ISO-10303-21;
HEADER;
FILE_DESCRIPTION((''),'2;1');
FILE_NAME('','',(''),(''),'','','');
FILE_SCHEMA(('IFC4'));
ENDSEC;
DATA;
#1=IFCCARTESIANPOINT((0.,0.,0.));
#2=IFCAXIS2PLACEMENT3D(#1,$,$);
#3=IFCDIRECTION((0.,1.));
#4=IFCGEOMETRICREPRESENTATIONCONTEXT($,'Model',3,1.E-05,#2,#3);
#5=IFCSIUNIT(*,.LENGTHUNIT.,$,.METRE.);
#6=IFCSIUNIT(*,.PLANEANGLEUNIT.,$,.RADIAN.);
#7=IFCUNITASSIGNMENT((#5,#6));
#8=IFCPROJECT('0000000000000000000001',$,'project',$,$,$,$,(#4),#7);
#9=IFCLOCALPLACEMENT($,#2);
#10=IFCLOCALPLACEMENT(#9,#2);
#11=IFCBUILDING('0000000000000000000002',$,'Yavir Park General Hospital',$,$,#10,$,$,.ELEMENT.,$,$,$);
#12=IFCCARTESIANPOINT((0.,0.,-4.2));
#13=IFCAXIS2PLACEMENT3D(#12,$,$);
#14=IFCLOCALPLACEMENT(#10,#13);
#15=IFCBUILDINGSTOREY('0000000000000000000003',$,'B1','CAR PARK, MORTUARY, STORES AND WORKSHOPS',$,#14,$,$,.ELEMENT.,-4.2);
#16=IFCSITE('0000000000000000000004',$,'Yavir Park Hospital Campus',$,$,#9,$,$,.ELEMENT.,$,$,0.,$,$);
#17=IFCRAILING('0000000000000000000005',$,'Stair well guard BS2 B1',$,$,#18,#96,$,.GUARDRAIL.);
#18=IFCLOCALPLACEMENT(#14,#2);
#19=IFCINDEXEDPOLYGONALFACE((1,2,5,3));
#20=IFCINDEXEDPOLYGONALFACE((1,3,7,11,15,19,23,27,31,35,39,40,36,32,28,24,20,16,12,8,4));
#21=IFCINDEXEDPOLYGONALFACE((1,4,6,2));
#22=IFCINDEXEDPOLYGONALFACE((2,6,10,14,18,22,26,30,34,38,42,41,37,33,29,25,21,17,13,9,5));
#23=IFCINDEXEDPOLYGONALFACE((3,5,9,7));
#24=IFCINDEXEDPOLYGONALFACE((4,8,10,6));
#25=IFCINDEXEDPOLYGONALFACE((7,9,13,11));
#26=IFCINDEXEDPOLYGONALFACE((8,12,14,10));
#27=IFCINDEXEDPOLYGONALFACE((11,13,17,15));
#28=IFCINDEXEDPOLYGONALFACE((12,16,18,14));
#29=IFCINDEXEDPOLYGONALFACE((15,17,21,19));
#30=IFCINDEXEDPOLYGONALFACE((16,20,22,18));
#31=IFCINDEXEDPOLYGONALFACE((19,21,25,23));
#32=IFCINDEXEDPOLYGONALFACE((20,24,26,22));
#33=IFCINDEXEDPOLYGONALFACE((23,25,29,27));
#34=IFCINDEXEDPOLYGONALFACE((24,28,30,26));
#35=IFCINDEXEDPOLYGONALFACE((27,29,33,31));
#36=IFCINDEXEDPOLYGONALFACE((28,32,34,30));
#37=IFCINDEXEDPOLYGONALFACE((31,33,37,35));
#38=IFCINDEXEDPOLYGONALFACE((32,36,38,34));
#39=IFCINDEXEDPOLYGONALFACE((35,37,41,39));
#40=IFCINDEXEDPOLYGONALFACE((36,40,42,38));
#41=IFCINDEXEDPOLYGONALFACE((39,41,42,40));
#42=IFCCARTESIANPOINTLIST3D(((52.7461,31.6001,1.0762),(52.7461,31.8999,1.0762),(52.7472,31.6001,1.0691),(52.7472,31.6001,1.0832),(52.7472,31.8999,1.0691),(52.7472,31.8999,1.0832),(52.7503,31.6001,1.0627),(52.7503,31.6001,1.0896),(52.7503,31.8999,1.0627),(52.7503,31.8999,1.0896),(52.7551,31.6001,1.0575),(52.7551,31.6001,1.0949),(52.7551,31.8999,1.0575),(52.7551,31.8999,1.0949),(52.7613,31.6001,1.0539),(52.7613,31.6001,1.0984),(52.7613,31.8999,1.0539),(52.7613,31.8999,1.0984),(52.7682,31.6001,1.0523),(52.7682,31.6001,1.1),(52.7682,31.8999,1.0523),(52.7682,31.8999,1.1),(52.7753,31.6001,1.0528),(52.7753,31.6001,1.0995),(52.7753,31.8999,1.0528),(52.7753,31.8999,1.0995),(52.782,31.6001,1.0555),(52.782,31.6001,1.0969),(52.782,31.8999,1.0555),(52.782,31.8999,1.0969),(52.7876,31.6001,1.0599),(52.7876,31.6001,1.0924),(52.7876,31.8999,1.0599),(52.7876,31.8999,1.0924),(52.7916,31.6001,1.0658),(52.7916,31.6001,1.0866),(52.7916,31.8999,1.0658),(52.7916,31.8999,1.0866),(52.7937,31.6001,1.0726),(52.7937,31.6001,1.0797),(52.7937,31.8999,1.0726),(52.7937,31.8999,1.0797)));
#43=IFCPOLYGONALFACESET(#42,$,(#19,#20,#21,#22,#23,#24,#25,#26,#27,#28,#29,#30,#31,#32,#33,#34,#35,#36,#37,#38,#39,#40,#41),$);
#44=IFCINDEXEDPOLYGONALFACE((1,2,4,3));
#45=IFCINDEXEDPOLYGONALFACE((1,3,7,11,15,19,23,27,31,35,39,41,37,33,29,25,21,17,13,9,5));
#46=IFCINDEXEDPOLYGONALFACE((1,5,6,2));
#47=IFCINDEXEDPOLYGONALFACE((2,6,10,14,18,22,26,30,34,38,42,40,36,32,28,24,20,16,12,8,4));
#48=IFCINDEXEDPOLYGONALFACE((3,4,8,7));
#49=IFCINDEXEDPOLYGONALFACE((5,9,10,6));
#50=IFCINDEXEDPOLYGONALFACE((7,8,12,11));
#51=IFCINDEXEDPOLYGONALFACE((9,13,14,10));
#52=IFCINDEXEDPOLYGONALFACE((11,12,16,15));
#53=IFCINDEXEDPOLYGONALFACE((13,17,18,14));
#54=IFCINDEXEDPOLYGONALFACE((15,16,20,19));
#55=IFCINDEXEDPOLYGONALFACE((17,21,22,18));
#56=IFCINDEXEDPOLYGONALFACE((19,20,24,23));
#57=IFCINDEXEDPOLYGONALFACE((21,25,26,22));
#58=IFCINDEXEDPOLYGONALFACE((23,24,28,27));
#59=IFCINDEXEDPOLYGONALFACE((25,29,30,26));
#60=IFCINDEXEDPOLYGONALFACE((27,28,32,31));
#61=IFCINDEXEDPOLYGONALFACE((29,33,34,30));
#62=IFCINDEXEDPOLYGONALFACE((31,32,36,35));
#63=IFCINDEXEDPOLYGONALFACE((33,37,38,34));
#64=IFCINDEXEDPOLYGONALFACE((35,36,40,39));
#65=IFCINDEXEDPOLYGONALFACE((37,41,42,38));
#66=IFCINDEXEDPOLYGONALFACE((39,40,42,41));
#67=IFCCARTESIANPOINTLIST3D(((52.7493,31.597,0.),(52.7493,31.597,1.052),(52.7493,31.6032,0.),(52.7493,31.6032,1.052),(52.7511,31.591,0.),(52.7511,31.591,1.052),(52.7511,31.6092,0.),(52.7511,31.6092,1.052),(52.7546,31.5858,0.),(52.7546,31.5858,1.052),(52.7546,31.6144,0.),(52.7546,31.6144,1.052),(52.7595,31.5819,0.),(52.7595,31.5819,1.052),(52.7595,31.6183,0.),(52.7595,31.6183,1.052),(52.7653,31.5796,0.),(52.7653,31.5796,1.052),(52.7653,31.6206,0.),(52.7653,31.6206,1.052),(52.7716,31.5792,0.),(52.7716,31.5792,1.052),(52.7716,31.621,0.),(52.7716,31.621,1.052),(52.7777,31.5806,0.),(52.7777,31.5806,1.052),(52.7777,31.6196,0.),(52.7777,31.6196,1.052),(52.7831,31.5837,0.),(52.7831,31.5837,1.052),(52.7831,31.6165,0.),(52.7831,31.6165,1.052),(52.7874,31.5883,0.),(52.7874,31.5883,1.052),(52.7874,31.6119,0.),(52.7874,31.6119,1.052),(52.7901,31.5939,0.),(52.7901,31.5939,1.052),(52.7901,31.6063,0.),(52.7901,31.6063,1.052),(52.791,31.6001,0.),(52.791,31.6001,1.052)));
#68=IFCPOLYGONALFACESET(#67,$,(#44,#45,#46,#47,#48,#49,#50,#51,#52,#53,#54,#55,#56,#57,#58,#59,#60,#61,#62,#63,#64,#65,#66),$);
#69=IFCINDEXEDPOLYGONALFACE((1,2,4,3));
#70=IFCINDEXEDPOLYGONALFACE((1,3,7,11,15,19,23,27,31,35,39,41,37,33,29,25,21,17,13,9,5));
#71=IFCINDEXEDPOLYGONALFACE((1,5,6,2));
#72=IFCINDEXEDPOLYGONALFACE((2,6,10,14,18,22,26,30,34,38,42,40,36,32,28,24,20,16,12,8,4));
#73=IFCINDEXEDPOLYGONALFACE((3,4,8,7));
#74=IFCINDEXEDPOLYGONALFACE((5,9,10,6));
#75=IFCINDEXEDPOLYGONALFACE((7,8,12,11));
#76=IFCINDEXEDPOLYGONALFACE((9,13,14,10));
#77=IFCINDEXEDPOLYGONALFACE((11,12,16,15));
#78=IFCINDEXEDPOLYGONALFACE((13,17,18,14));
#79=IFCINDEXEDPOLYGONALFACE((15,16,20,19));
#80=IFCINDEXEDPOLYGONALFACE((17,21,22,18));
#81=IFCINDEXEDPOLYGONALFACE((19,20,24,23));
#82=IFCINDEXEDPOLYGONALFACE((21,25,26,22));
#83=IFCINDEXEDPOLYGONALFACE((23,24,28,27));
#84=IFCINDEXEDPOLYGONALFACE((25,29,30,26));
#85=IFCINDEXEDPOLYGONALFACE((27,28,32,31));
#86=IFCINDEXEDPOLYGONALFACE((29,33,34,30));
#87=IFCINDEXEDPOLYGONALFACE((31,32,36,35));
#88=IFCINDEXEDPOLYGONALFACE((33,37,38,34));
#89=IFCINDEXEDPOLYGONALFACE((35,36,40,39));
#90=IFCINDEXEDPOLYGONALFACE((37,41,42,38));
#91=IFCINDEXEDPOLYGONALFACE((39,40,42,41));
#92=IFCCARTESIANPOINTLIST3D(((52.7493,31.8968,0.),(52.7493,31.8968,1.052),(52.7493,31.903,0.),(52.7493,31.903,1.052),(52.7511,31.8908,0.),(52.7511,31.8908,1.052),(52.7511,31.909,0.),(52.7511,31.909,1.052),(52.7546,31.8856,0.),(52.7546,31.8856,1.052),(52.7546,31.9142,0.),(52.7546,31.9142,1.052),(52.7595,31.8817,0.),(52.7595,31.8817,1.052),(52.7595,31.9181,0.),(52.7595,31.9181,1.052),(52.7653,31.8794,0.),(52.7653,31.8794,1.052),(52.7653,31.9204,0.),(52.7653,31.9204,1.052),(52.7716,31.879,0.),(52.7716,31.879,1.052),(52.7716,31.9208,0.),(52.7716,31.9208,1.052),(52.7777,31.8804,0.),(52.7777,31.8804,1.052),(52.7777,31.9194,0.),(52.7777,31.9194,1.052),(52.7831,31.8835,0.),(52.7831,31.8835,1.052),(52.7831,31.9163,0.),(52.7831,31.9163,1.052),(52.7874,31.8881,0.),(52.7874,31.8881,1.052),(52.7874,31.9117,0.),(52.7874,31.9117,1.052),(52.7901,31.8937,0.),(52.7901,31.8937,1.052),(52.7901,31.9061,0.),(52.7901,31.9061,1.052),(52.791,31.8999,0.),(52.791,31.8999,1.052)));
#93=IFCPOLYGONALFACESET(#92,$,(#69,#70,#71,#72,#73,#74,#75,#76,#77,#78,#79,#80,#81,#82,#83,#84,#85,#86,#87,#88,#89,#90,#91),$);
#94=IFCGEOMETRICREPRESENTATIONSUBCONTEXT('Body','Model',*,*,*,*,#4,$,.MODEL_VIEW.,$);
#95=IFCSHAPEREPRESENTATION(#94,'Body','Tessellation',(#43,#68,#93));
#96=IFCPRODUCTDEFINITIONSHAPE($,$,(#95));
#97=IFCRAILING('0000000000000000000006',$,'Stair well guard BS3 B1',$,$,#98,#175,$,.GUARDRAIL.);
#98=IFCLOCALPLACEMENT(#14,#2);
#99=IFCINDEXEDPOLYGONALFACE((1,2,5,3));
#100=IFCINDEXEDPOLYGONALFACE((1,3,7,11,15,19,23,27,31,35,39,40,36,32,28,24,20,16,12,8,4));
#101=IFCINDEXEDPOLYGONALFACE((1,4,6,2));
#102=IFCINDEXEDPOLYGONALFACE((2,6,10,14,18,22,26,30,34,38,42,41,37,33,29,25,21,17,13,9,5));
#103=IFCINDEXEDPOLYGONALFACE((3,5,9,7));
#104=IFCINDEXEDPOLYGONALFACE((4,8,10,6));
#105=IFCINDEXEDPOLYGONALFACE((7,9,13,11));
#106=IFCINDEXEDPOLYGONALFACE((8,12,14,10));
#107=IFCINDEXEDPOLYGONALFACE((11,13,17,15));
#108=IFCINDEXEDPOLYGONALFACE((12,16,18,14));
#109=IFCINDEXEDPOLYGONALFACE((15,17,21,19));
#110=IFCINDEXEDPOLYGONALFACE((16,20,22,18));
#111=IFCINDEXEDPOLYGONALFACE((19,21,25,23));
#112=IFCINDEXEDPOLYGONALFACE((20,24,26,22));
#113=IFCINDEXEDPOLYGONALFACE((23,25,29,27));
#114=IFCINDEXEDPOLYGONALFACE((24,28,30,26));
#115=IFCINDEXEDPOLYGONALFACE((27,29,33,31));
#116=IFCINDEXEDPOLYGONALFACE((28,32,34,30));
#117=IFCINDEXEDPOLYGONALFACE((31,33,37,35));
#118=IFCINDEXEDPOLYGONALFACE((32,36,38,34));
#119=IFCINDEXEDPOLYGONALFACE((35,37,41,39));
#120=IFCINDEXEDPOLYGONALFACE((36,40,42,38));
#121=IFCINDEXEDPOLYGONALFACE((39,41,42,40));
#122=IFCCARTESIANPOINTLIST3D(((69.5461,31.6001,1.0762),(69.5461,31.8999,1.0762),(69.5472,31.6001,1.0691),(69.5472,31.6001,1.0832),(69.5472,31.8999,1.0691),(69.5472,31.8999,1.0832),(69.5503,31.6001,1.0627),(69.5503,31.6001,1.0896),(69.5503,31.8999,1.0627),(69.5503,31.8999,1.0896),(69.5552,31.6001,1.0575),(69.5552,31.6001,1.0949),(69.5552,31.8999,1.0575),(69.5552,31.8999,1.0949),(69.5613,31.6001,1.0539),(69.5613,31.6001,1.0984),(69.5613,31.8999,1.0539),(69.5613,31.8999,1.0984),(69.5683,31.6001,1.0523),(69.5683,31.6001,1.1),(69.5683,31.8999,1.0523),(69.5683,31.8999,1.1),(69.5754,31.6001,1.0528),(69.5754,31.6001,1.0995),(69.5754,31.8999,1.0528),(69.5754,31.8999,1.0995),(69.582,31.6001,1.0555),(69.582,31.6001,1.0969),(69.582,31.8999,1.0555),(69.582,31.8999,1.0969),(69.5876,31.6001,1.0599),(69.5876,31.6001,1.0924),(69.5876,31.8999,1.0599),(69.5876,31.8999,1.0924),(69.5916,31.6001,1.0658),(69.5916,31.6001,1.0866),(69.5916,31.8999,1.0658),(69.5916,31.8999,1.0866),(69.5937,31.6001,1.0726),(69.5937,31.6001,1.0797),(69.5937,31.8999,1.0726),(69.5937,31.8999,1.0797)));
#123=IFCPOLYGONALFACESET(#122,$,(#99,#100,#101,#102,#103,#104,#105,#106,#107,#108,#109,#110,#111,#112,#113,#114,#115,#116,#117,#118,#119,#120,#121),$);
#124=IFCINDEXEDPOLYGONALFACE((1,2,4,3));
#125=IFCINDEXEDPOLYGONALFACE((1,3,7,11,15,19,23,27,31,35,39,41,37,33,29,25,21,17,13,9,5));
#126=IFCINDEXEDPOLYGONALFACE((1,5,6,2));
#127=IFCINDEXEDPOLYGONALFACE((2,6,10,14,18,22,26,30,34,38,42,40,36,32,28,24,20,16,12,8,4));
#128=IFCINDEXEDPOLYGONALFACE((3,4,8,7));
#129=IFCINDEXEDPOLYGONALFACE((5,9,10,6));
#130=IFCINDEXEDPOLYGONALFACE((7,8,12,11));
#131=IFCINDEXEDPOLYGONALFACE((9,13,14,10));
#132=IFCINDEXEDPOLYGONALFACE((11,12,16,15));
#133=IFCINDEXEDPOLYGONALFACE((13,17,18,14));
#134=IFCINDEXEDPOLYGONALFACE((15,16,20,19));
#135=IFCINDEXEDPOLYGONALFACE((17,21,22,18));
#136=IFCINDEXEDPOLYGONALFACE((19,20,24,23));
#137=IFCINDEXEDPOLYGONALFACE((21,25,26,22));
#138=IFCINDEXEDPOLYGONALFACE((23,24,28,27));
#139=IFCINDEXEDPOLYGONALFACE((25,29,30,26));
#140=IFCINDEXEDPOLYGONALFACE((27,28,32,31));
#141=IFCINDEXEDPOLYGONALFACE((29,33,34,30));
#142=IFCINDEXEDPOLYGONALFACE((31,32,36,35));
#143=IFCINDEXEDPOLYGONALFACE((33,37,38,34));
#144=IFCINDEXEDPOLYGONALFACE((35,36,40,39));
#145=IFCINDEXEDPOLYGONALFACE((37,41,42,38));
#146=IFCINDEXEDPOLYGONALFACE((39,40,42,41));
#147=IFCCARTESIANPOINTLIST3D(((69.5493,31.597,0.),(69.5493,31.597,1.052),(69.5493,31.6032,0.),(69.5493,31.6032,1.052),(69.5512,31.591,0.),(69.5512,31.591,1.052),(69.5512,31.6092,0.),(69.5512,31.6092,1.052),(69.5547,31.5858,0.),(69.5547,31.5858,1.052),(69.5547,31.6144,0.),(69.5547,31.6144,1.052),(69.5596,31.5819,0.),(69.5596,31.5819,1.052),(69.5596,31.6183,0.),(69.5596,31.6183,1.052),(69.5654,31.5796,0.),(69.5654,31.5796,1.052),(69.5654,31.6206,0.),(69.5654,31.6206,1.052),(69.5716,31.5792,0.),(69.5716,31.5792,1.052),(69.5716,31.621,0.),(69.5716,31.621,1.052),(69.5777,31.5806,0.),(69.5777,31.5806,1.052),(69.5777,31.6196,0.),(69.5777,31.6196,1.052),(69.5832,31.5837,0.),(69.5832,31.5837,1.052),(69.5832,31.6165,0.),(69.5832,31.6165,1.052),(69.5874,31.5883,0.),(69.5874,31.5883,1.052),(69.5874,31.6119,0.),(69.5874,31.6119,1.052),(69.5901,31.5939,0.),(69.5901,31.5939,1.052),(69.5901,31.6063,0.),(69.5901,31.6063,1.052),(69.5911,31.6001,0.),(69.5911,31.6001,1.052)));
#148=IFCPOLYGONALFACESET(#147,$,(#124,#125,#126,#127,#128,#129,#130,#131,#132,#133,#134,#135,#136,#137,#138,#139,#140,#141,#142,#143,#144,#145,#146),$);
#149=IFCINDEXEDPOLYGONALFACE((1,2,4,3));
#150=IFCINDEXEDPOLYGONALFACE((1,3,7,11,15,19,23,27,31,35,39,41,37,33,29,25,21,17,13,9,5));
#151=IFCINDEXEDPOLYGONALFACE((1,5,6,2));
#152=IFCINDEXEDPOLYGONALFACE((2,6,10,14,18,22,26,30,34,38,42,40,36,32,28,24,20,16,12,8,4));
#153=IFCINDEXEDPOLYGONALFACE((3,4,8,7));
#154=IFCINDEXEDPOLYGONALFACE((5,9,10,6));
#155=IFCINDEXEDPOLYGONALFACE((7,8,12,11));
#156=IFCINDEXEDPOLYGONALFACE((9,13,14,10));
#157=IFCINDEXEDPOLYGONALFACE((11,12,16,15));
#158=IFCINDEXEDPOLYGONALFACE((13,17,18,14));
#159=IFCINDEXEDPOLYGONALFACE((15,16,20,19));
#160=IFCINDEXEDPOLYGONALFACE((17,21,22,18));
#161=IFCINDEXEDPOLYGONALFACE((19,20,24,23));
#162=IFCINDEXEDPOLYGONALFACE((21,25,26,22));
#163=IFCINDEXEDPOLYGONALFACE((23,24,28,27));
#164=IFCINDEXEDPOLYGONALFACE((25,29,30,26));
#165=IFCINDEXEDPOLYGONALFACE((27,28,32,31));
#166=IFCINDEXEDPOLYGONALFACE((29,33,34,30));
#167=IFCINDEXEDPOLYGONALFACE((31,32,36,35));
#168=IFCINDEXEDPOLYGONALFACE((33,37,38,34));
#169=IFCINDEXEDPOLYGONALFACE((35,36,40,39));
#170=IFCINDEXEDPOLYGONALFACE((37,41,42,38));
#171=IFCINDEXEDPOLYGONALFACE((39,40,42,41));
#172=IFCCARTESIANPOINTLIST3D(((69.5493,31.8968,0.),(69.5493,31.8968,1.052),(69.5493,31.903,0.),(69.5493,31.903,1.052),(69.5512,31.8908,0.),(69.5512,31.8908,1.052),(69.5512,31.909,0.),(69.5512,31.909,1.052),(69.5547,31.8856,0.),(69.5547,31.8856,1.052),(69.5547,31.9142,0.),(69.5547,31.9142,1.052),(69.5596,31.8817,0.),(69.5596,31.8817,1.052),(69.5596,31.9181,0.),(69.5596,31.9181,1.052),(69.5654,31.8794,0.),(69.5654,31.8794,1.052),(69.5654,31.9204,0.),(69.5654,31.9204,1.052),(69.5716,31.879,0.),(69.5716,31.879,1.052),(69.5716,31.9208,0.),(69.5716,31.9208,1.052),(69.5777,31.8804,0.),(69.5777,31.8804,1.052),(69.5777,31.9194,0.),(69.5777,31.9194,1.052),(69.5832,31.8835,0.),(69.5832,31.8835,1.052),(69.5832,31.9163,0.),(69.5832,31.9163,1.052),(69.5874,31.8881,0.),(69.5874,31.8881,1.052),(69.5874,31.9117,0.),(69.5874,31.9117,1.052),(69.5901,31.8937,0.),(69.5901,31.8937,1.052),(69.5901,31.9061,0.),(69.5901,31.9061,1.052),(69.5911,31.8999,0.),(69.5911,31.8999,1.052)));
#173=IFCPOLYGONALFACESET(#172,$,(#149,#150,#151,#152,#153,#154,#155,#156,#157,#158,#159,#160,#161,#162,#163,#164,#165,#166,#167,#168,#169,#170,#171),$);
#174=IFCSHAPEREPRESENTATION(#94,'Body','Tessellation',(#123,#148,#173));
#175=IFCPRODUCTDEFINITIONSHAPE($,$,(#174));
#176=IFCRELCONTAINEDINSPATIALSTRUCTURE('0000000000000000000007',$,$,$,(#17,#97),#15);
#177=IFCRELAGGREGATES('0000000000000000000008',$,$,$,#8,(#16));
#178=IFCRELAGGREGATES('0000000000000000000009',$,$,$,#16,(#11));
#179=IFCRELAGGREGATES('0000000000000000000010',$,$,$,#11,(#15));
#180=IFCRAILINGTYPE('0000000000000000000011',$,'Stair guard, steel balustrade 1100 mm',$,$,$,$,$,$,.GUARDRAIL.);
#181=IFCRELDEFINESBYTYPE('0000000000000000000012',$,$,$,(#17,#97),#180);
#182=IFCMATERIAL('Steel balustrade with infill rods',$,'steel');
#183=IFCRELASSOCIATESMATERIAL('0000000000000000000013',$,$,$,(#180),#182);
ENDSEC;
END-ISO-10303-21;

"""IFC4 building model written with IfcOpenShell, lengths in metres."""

from ifc_helpers import new_model, si_unit, direction, frame, origin, origin_2d, place, context, subcontext, project, spatial, circle, extrude, material, type_object, element, save


model = new_model("IFC4")

# Units and contexts
model_context = context("Model", 3, precision=1e-05, world=origin(), true_north=direction((0.0, 1.0)))
body_context = subcontext(model_context, "Body", "Model", "MODEL_VIEW")
ifc_project = project(units=[si_unit("LENGTHUNIT", "METRE"), si_unit("PLANEANGLEUNIT", "RADIAN")], contexts=[model_context])

# Site, building, storey
site_placement = place(None, origin())
site = spatial("IfcSite", under=ifc_project, at=site_placement, Name="Yavir Park Hospital Campus", CompositionType="ELEMENT", RefElevation=0.0)
building_placement = place(site_placement, origin())
building = spatial("IfcBuilding", under=site, at=building_placement, Name="Yavir Park General Hospital", CompositionType="ELEMENT")
storey_placement = place(building_placement, frame((0.0, 0.0, -4.2)))
storey = spatial("IfcBuildingStorey", under=building, at=storey_placement, Name="B1", Description="CAR PARK, MORTUARY, STORES AND WORKSHOPS", CompositionType="ELEMENT", Elevation=-4.2)

# Railings
ifc_material_1 = material(Name="Steel balustrade with infill rods", Category="steel")
railing_type_1 = type_object("IfcRailingType", Name="Stair guard, steel balustrade 1100 mm", PredefinedType="GUARDRAIL", material=ifc_material_1)
for number, where, name in (
    (1, (52.77, 31.6001, 0.0), "Stair well guard BS2 B1"),
    (2, (69.5701, 31.6001, 0.0), "Stair well guard BS3 B1"),
):
    element("IfcRailing", number, at=place(storey_placement, frame(where)), inside=storey, type_object=railing_type_1, Name=name, PredefinedType="GUARDRAIL", context=body_context, shape_type="SweptSolid", body=[
        extrude(circle(Radius=0.0239, at=origin_2d()), frame((0.0, 0.0, 1.0762), z_axis=(0.0, 1.0, 0.0), x_axis=(-1.0, 0.0, 0.0)), (0.0, 0.0, 1.0), 0.2998),
        extrude(circle(Radius=0.021, at=origin_2d()), origin(), (0.0, 0.0, 1.0), 1.052),
        extrude(circle(Radius=0.021, at=origin_2d()), frame((0.0, 0.2998, 0.0)), (0.0, 0.0, 1.0), 1.052),
    ])

save(model, "model.ifc")
